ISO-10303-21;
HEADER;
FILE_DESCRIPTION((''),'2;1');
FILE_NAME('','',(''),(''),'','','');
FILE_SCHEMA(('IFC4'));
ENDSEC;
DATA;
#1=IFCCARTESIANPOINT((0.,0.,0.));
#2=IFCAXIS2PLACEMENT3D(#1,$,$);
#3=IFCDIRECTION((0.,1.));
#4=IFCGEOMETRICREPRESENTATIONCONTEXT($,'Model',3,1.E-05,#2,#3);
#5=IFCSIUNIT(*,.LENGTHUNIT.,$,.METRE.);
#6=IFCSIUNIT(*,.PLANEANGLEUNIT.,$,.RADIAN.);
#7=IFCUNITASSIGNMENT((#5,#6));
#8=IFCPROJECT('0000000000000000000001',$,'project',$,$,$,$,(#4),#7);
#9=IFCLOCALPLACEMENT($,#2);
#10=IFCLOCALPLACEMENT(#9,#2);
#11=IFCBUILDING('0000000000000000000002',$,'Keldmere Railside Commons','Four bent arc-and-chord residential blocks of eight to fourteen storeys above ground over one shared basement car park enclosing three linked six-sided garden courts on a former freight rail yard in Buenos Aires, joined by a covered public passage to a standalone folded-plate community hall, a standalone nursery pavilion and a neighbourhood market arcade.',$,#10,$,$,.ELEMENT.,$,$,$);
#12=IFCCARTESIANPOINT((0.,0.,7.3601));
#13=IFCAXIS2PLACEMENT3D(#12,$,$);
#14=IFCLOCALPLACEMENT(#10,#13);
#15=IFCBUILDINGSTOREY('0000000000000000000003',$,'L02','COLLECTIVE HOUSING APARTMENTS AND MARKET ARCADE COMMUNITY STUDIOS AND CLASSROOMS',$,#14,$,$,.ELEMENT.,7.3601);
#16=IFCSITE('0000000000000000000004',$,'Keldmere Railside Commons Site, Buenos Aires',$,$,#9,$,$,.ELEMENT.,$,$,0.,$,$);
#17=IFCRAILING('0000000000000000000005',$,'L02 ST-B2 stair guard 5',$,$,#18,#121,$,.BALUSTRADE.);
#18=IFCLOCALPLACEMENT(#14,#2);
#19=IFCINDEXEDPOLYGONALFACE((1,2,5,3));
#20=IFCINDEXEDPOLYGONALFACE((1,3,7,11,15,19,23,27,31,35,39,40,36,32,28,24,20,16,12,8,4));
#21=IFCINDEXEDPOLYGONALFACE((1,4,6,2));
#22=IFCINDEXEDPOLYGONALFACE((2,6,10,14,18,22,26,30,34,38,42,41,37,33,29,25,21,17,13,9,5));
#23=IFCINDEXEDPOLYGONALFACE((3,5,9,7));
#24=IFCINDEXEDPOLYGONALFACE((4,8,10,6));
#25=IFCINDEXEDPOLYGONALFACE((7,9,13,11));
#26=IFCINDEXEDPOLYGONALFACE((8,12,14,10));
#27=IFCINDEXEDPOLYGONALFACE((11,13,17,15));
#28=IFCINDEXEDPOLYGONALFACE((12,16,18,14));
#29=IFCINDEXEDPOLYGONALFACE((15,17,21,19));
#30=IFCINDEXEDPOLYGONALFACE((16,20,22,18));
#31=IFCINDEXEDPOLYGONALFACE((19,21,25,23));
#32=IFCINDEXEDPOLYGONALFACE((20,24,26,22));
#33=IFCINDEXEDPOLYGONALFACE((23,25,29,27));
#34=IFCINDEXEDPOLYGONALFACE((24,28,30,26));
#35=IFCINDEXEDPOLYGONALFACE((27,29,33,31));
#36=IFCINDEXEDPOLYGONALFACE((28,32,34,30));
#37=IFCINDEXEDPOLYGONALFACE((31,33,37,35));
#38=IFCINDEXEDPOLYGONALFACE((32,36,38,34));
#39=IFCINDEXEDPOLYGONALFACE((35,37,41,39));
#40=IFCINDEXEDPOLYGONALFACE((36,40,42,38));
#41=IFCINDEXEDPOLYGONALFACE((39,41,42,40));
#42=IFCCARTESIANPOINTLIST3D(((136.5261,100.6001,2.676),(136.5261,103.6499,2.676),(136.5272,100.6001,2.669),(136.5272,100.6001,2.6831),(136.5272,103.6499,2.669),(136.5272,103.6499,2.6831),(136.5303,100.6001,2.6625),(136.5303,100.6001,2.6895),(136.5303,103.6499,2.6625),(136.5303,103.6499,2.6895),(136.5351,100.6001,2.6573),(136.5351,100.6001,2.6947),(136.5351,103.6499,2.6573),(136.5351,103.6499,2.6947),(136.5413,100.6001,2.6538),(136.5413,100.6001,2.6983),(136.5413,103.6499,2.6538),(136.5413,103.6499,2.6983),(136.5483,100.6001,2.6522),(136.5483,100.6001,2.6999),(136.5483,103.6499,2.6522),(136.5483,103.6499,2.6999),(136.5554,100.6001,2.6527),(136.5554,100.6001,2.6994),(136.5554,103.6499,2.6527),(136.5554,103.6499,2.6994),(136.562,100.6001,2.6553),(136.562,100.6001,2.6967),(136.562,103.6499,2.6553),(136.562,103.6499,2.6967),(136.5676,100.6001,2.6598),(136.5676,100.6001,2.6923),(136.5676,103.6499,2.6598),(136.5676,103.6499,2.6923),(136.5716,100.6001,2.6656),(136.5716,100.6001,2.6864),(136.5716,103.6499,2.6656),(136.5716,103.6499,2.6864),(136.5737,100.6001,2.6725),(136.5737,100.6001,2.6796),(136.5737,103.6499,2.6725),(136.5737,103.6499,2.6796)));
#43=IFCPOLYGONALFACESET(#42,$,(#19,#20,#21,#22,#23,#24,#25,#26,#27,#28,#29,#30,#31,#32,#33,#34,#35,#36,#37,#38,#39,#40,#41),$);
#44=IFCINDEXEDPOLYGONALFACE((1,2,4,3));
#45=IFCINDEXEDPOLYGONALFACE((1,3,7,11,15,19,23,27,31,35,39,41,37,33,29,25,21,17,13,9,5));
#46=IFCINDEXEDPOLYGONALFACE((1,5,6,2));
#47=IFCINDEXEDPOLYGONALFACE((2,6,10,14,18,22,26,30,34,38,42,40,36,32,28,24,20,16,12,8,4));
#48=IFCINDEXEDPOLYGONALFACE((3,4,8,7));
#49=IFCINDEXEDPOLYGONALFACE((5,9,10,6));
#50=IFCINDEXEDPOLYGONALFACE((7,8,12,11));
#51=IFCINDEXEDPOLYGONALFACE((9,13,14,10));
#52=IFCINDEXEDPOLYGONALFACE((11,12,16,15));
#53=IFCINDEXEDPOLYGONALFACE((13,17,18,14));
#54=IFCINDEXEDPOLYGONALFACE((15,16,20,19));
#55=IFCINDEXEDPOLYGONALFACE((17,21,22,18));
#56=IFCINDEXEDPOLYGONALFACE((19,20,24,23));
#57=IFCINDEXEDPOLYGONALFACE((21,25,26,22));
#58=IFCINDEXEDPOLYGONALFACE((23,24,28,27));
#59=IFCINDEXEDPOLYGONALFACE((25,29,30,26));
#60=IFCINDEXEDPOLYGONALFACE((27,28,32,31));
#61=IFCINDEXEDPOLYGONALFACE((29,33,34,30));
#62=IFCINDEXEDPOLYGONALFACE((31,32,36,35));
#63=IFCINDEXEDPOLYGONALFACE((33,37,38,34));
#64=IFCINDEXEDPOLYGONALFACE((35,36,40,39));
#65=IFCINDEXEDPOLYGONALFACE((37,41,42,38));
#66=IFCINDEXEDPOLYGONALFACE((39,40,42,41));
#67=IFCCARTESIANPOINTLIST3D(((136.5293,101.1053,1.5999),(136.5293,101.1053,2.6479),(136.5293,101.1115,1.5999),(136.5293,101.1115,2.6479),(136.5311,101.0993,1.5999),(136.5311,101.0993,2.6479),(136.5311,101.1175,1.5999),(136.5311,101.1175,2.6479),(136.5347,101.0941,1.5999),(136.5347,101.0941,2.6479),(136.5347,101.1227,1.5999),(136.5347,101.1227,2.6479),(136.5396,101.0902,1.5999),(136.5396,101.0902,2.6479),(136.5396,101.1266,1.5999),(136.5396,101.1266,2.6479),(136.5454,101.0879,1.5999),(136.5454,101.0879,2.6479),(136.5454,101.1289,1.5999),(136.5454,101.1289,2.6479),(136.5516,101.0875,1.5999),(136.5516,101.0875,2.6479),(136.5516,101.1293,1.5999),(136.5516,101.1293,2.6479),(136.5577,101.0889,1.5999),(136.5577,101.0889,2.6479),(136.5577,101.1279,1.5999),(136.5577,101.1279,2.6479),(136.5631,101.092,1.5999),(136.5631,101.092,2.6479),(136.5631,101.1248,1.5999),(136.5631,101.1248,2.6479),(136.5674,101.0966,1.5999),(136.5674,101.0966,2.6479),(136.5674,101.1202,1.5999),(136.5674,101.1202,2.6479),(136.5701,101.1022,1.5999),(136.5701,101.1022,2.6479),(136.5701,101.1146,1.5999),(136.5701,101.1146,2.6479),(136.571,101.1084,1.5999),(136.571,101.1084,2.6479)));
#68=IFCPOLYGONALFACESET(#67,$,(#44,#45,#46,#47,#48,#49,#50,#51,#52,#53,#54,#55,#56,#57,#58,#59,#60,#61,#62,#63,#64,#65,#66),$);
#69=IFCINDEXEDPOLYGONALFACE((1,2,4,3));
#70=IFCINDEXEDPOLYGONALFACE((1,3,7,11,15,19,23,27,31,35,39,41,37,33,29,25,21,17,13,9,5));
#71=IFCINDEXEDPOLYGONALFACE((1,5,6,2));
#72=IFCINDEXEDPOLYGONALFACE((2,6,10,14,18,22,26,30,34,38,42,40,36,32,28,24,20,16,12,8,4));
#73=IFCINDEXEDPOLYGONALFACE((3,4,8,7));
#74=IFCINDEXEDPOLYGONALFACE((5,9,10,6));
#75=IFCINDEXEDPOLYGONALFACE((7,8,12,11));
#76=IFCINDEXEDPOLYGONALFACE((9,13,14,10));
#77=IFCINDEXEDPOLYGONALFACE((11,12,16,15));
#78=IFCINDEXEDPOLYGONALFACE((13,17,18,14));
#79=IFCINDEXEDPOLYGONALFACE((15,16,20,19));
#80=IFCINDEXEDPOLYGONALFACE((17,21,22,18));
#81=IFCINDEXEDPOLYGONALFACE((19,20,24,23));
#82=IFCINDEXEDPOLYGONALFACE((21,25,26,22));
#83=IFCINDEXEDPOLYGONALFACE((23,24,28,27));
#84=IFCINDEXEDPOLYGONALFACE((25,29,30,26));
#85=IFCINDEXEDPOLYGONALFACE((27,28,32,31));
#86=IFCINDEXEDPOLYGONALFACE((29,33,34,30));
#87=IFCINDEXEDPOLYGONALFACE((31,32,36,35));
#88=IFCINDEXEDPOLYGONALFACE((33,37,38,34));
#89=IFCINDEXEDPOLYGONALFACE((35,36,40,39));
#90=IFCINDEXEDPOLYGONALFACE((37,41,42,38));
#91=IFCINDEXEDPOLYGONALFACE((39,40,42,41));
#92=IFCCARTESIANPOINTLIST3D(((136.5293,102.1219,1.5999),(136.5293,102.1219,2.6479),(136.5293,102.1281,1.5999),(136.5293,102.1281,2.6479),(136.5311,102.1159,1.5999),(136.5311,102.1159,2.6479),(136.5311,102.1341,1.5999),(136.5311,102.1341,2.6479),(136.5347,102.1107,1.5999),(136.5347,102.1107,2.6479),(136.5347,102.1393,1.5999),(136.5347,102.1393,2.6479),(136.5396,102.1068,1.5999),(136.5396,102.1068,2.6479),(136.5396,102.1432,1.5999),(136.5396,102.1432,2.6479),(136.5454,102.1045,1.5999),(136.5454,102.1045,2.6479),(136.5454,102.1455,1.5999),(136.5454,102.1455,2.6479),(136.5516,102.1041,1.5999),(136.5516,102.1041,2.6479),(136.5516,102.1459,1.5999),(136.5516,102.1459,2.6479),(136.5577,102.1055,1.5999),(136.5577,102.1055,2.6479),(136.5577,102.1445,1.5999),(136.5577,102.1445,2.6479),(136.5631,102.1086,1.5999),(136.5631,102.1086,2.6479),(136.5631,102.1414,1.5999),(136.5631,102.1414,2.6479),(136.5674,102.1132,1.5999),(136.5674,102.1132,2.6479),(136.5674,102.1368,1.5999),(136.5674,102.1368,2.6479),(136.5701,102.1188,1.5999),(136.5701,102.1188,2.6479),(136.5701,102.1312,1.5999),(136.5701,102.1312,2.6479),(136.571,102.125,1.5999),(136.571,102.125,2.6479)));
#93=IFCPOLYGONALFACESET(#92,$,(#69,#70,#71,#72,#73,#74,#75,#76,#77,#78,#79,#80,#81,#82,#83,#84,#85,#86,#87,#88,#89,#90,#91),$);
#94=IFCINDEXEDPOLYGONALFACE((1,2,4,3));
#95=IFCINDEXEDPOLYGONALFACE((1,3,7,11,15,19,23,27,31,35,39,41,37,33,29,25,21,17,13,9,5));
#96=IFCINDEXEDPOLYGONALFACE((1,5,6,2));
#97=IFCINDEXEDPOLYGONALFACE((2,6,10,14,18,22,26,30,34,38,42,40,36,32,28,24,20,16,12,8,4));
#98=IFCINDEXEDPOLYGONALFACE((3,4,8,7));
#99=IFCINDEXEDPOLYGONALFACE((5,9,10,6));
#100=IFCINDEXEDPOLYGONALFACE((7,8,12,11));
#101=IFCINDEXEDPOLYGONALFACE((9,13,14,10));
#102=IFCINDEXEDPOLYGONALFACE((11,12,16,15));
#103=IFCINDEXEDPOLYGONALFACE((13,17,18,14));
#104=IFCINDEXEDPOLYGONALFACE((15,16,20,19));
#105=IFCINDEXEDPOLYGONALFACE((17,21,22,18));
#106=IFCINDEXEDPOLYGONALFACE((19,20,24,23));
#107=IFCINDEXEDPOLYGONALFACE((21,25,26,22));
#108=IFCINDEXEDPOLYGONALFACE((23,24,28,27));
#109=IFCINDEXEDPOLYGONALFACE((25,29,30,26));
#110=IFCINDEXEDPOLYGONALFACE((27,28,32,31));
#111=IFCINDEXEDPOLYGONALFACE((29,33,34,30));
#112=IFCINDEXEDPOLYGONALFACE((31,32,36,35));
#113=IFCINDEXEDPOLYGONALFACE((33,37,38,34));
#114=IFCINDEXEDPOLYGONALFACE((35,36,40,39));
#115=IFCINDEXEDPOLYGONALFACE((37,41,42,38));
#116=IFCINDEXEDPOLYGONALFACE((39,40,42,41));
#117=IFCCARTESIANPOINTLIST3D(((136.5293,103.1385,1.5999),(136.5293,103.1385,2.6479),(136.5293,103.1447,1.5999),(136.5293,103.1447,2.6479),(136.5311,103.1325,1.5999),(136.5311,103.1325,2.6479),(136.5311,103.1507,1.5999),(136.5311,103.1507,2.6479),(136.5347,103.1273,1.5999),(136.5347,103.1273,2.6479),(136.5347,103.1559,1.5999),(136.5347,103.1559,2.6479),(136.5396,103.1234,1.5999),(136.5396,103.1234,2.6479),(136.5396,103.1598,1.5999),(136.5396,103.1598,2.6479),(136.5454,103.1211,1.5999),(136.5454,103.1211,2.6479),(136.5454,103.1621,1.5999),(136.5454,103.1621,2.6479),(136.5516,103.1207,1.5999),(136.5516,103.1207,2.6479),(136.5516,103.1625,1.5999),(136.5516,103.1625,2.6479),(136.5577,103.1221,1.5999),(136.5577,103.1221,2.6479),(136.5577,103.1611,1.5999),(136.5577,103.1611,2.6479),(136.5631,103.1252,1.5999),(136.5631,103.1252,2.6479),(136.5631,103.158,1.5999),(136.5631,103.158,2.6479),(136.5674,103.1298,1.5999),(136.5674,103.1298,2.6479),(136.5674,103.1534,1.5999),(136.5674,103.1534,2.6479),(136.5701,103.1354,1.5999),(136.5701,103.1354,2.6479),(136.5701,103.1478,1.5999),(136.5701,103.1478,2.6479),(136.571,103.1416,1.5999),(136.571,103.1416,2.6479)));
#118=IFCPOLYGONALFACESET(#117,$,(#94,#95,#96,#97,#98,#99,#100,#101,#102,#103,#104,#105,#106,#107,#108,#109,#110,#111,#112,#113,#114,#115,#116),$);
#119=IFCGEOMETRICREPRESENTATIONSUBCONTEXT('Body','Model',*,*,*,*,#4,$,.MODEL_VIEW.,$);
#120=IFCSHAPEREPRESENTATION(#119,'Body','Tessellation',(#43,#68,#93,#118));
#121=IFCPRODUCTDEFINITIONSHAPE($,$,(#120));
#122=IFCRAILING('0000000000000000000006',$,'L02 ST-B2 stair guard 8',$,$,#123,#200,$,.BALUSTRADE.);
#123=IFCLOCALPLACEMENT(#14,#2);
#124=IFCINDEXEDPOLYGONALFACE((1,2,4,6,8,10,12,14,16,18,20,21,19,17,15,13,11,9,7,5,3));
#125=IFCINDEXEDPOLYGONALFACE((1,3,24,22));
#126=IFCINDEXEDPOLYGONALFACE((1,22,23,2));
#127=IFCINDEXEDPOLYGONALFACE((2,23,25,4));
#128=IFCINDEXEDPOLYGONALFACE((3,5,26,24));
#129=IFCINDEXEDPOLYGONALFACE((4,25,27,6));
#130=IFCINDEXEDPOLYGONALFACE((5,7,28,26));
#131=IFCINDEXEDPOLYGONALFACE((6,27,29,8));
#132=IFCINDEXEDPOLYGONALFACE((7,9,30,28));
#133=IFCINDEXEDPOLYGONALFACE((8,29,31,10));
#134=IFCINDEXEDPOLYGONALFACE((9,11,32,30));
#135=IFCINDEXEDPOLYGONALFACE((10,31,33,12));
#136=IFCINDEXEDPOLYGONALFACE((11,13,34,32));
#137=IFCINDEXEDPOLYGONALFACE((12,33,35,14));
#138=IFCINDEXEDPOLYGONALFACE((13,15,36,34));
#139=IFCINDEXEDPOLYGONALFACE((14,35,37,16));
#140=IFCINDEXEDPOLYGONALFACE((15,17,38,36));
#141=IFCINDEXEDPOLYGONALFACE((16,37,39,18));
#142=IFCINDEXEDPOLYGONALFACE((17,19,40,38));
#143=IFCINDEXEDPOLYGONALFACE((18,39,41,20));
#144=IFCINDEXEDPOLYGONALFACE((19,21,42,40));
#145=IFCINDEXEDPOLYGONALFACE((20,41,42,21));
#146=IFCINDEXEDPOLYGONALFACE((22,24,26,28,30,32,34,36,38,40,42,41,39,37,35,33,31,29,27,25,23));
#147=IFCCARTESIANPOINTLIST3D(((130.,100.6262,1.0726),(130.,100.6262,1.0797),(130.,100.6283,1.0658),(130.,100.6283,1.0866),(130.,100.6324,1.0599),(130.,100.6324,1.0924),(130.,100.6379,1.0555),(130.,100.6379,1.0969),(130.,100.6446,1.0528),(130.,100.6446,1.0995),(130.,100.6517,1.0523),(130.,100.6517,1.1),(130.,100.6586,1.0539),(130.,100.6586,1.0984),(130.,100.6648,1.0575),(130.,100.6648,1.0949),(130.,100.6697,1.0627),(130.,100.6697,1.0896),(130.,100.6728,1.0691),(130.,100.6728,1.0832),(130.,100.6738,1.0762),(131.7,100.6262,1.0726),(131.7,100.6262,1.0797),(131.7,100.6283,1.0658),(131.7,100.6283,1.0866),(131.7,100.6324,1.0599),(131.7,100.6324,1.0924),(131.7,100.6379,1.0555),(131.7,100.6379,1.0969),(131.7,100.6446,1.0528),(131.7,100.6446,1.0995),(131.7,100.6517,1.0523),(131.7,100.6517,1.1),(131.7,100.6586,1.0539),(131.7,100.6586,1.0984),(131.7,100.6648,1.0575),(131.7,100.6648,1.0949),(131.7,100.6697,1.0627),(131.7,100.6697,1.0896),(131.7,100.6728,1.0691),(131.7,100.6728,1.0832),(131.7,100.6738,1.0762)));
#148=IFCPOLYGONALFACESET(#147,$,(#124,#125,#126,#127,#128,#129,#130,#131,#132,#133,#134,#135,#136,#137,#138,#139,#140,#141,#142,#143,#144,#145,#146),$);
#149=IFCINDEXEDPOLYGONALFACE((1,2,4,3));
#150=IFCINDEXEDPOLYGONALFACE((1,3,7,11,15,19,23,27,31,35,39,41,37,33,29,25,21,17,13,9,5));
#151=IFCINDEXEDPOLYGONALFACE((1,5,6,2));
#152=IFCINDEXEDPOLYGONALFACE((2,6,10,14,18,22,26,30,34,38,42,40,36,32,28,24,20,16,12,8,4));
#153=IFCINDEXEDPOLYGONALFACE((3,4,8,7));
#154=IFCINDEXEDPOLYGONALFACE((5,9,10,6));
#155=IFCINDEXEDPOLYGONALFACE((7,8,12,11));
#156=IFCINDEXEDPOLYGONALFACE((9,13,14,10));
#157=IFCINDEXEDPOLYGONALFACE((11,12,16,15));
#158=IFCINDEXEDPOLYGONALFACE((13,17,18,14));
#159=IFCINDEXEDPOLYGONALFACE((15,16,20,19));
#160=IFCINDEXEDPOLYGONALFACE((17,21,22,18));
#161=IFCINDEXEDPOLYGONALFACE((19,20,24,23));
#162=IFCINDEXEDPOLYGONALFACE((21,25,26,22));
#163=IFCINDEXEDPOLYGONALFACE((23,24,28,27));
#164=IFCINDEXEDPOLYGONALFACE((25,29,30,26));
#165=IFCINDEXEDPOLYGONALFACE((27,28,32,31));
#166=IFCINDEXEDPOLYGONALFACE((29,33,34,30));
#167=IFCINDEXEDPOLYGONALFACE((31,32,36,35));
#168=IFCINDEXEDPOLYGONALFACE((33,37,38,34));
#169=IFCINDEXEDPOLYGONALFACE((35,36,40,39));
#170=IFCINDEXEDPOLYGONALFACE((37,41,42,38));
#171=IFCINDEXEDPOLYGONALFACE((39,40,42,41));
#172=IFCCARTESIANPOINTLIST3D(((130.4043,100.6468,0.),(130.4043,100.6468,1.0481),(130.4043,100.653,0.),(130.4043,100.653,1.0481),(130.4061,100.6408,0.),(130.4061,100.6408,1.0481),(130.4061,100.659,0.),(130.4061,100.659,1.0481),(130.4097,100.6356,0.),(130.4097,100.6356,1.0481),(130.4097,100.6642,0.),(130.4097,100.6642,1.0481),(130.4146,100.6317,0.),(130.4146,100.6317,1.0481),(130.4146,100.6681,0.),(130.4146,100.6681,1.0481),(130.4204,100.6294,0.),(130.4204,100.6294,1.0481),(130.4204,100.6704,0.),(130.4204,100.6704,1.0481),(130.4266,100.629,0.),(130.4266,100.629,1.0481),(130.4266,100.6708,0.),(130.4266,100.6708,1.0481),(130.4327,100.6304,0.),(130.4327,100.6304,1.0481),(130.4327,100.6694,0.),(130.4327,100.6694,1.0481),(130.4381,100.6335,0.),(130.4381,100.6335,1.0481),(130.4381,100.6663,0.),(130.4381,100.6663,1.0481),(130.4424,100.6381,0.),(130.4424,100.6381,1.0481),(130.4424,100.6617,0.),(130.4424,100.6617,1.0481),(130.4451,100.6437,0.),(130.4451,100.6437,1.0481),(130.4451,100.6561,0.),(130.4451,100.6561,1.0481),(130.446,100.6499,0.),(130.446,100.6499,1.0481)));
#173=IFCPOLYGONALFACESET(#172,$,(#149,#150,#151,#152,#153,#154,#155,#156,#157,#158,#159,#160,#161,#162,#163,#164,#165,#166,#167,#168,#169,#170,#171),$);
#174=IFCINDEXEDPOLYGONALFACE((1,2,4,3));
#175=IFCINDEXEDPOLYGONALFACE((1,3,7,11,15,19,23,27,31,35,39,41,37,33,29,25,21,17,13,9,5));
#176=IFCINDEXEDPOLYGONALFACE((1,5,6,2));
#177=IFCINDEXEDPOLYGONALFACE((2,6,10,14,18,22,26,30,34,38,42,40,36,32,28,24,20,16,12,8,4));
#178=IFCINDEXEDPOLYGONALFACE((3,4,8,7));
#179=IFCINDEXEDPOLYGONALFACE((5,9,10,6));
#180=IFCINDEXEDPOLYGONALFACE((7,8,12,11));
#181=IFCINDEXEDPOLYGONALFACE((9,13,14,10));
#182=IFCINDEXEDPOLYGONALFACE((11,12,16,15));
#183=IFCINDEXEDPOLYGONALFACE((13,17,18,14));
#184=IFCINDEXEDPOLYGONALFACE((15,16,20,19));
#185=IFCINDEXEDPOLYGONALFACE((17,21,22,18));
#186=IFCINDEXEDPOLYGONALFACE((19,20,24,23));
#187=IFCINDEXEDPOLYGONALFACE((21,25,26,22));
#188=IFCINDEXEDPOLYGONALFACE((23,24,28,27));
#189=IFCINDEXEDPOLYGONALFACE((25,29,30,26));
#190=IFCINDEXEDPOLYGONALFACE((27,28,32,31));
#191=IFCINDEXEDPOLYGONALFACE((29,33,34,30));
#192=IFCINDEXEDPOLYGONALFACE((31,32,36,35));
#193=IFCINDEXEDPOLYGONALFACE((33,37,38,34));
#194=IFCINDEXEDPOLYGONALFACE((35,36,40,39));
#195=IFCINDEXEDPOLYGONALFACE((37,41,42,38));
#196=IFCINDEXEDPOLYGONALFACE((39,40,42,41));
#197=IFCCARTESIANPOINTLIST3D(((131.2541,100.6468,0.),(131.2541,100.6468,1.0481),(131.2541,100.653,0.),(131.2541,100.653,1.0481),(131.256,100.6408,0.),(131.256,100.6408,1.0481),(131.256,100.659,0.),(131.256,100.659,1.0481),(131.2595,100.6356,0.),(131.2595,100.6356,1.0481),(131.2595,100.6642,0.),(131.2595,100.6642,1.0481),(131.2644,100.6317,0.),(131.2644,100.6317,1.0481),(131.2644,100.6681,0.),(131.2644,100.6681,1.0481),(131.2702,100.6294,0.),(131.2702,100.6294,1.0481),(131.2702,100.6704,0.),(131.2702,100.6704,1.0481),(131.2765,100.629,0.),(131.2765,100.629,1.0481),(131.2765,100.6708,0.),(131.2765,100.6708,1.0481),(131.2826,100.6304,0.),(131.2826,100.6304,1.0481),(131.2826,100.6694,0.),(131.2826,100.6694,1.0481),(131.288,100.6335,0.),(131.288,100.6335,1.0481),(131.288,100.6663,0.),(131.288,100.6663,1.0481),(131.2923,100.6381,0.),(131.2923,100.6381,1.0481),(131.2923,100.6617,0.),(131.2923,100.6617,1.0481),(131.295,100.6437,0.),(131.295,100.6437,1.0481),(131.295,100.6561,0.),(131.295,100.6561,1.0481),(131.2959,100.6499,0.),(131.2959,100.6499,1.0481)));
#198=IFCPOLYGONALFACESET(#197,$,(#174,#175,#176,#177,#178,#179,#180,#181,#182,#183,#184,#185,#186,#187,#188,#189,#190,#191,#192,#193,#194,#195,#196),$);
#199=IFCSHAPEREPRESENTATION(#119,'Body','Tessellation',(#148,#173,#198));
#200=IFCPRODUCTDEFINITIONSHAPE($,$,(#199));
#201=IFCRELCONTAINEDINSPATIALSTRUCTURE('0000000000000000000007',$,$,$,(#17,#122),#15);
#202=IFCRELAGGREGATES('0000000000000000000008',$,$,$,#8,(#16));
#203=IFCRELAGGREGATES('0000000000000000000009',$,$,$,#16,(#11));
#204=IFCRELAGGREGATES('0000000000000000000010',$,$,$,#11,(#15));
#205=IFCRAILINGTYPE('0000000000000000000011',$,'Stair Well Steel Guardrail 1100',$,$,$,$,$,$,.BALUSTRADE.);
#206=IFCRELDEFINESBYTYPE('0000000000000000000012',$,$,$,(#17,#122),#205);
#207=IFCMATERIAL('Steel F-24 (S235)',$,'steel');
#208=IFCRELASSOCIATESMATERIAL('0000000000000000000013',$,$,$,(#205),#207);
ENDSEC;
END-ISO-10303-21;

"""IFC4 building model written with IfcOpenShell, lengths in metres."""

from ifc_helpers import new_model, si_unit, direction, frame, origin, origin_2d, place, context, subcontext, project, spatial, circle, extrude, material, type_object, element, save


model = new_model("IFC4")

# Units and contexts
model_context = context("Model", 3, precision=1e-05, world=origin(), true_north=direction((0.0, 1.0)))
body_context = subcontext(model_context, "Body", "Model", "MODEL_VIEW")
ifc_project = project(units=[si_unit("LENGTHUNIT", "METRE"), si_unit("PLANEANGLEUNIT", "RADIAN")], contexts=[model_context])

# Site, building, storey
site_placement = place(None, origin())
site = spatial("IfcSite", under=ifc_project, at=site_placement, Name="Keldmere Railside Commons Site, Buenos Aires", CompositionType="ELEMENT", RefElevation=0.0)
building_placement = place(site_placement, origin())
building = spatial("IfcBuilding", under=site, at=building_placement, Name="Keldmere Railside Commons", Description="Four bent arc-and-chord residential blocks of eight to fourteen storeys above ground over one shared basement car park enclosing three linked six-sided garden courts on a former freight rail yard in Buenos Aires, joined by a covered public passage to a standalone folded-plate community hall, a standalone nursery pavilion and a neighbourhood market arcade.", CompositionType="ELEMENT")
storey_placement = place(building_placement, frame((0.0, 0.0, 7.3601)))
storey = spatial("IfcBuildingStorey", under=building, at=storey_placement, Name="L02", Description="COLLECTIVE HOUSING APARTMENTS AND MARKET ARCADE COMMUNITY STUDIOS AND CLASSROOMS", CompositionType="ELEMENT", Elevation=7.3601)

# Railings
ifc_material_1 = material(Name="Steel F-24 (S235)", Category="steel")
railing_type_1 = type_object("IfcRailingType", Name="Stair Well Steel Guardrail 1100", PredefinedType="BALUSTRADE", material=ifc_material_1)
railing_1_placement = place(storey_placement, frame((136.55, 100.6001, 1.5999)))
element("IfcRailing", 1, at=railing_1_placement, inside=storey, type_object=railing_type_1, Name="L02 ST-B2 stair guard 5", PredefinedType="BALUSTRADE", context=body_context, shape_type="SweptSolid", body=[
    extrude(circle(Radius=0.0239, at=origin_2d()), frame((0.0, 0.0, 1.0762), z_axis=(0.0, 1.0, 0.0), x_axis=(-1.0, 0.0, 0.0)), (0.0, 0.0, 1.0), 3.0498),
    extrude(circle(Radius=0.021, at=origin_2d()), frame((0.0, 0.5083, 0.0)), (0.0, 0.0, 1.0), 1.0481),
    extrude(circle(Radius=0.021, at=origin_2d()), frame((0.0, 1.5249, 0.0)), (0.0, 0.0, 1.0), 1.0481),
    extrude(circle(Radius=0.021, at=origin_2d()), frame((0.0, 2.5415, 0.0)), (0.0, 0.0, 1.0), 1.0481),
])
railing_2_placement = place(storey_placement, frame((130.0, 100.6499, 0.0)))
element("IfcRailing", 2, at=railing_2_placement, inside=storey, type_object=railing_type_1, Name="L02 ST-B2 stair guard 8", PredefinedType="BALUSTRADE", context=body_context, shape_type="SweptSolid", body=[
    extrude(circle(Radius=0.0239, at=origin_2d()), frame((0.0, 0.0, 1.0762), z_axis=(1.0, 0.0, 0.0), x_axis=(0.0, 1.0, 0.0)), (0.0, 0.0, 1.0), 1.7),
    extrude(circle(Radius=0.021, at=origin_2d()), frame((0.425, 0.0, 0.0)), (0.0, 0.0, 1.0), 1.0481),
    extrude(circle(Radius=0.021, at=origin_2d()), frame((1.2749, 0.0, 0.0)), (0.0, 0.0, 1.0), 1.0481),
])

save(model, "model.ifc")
